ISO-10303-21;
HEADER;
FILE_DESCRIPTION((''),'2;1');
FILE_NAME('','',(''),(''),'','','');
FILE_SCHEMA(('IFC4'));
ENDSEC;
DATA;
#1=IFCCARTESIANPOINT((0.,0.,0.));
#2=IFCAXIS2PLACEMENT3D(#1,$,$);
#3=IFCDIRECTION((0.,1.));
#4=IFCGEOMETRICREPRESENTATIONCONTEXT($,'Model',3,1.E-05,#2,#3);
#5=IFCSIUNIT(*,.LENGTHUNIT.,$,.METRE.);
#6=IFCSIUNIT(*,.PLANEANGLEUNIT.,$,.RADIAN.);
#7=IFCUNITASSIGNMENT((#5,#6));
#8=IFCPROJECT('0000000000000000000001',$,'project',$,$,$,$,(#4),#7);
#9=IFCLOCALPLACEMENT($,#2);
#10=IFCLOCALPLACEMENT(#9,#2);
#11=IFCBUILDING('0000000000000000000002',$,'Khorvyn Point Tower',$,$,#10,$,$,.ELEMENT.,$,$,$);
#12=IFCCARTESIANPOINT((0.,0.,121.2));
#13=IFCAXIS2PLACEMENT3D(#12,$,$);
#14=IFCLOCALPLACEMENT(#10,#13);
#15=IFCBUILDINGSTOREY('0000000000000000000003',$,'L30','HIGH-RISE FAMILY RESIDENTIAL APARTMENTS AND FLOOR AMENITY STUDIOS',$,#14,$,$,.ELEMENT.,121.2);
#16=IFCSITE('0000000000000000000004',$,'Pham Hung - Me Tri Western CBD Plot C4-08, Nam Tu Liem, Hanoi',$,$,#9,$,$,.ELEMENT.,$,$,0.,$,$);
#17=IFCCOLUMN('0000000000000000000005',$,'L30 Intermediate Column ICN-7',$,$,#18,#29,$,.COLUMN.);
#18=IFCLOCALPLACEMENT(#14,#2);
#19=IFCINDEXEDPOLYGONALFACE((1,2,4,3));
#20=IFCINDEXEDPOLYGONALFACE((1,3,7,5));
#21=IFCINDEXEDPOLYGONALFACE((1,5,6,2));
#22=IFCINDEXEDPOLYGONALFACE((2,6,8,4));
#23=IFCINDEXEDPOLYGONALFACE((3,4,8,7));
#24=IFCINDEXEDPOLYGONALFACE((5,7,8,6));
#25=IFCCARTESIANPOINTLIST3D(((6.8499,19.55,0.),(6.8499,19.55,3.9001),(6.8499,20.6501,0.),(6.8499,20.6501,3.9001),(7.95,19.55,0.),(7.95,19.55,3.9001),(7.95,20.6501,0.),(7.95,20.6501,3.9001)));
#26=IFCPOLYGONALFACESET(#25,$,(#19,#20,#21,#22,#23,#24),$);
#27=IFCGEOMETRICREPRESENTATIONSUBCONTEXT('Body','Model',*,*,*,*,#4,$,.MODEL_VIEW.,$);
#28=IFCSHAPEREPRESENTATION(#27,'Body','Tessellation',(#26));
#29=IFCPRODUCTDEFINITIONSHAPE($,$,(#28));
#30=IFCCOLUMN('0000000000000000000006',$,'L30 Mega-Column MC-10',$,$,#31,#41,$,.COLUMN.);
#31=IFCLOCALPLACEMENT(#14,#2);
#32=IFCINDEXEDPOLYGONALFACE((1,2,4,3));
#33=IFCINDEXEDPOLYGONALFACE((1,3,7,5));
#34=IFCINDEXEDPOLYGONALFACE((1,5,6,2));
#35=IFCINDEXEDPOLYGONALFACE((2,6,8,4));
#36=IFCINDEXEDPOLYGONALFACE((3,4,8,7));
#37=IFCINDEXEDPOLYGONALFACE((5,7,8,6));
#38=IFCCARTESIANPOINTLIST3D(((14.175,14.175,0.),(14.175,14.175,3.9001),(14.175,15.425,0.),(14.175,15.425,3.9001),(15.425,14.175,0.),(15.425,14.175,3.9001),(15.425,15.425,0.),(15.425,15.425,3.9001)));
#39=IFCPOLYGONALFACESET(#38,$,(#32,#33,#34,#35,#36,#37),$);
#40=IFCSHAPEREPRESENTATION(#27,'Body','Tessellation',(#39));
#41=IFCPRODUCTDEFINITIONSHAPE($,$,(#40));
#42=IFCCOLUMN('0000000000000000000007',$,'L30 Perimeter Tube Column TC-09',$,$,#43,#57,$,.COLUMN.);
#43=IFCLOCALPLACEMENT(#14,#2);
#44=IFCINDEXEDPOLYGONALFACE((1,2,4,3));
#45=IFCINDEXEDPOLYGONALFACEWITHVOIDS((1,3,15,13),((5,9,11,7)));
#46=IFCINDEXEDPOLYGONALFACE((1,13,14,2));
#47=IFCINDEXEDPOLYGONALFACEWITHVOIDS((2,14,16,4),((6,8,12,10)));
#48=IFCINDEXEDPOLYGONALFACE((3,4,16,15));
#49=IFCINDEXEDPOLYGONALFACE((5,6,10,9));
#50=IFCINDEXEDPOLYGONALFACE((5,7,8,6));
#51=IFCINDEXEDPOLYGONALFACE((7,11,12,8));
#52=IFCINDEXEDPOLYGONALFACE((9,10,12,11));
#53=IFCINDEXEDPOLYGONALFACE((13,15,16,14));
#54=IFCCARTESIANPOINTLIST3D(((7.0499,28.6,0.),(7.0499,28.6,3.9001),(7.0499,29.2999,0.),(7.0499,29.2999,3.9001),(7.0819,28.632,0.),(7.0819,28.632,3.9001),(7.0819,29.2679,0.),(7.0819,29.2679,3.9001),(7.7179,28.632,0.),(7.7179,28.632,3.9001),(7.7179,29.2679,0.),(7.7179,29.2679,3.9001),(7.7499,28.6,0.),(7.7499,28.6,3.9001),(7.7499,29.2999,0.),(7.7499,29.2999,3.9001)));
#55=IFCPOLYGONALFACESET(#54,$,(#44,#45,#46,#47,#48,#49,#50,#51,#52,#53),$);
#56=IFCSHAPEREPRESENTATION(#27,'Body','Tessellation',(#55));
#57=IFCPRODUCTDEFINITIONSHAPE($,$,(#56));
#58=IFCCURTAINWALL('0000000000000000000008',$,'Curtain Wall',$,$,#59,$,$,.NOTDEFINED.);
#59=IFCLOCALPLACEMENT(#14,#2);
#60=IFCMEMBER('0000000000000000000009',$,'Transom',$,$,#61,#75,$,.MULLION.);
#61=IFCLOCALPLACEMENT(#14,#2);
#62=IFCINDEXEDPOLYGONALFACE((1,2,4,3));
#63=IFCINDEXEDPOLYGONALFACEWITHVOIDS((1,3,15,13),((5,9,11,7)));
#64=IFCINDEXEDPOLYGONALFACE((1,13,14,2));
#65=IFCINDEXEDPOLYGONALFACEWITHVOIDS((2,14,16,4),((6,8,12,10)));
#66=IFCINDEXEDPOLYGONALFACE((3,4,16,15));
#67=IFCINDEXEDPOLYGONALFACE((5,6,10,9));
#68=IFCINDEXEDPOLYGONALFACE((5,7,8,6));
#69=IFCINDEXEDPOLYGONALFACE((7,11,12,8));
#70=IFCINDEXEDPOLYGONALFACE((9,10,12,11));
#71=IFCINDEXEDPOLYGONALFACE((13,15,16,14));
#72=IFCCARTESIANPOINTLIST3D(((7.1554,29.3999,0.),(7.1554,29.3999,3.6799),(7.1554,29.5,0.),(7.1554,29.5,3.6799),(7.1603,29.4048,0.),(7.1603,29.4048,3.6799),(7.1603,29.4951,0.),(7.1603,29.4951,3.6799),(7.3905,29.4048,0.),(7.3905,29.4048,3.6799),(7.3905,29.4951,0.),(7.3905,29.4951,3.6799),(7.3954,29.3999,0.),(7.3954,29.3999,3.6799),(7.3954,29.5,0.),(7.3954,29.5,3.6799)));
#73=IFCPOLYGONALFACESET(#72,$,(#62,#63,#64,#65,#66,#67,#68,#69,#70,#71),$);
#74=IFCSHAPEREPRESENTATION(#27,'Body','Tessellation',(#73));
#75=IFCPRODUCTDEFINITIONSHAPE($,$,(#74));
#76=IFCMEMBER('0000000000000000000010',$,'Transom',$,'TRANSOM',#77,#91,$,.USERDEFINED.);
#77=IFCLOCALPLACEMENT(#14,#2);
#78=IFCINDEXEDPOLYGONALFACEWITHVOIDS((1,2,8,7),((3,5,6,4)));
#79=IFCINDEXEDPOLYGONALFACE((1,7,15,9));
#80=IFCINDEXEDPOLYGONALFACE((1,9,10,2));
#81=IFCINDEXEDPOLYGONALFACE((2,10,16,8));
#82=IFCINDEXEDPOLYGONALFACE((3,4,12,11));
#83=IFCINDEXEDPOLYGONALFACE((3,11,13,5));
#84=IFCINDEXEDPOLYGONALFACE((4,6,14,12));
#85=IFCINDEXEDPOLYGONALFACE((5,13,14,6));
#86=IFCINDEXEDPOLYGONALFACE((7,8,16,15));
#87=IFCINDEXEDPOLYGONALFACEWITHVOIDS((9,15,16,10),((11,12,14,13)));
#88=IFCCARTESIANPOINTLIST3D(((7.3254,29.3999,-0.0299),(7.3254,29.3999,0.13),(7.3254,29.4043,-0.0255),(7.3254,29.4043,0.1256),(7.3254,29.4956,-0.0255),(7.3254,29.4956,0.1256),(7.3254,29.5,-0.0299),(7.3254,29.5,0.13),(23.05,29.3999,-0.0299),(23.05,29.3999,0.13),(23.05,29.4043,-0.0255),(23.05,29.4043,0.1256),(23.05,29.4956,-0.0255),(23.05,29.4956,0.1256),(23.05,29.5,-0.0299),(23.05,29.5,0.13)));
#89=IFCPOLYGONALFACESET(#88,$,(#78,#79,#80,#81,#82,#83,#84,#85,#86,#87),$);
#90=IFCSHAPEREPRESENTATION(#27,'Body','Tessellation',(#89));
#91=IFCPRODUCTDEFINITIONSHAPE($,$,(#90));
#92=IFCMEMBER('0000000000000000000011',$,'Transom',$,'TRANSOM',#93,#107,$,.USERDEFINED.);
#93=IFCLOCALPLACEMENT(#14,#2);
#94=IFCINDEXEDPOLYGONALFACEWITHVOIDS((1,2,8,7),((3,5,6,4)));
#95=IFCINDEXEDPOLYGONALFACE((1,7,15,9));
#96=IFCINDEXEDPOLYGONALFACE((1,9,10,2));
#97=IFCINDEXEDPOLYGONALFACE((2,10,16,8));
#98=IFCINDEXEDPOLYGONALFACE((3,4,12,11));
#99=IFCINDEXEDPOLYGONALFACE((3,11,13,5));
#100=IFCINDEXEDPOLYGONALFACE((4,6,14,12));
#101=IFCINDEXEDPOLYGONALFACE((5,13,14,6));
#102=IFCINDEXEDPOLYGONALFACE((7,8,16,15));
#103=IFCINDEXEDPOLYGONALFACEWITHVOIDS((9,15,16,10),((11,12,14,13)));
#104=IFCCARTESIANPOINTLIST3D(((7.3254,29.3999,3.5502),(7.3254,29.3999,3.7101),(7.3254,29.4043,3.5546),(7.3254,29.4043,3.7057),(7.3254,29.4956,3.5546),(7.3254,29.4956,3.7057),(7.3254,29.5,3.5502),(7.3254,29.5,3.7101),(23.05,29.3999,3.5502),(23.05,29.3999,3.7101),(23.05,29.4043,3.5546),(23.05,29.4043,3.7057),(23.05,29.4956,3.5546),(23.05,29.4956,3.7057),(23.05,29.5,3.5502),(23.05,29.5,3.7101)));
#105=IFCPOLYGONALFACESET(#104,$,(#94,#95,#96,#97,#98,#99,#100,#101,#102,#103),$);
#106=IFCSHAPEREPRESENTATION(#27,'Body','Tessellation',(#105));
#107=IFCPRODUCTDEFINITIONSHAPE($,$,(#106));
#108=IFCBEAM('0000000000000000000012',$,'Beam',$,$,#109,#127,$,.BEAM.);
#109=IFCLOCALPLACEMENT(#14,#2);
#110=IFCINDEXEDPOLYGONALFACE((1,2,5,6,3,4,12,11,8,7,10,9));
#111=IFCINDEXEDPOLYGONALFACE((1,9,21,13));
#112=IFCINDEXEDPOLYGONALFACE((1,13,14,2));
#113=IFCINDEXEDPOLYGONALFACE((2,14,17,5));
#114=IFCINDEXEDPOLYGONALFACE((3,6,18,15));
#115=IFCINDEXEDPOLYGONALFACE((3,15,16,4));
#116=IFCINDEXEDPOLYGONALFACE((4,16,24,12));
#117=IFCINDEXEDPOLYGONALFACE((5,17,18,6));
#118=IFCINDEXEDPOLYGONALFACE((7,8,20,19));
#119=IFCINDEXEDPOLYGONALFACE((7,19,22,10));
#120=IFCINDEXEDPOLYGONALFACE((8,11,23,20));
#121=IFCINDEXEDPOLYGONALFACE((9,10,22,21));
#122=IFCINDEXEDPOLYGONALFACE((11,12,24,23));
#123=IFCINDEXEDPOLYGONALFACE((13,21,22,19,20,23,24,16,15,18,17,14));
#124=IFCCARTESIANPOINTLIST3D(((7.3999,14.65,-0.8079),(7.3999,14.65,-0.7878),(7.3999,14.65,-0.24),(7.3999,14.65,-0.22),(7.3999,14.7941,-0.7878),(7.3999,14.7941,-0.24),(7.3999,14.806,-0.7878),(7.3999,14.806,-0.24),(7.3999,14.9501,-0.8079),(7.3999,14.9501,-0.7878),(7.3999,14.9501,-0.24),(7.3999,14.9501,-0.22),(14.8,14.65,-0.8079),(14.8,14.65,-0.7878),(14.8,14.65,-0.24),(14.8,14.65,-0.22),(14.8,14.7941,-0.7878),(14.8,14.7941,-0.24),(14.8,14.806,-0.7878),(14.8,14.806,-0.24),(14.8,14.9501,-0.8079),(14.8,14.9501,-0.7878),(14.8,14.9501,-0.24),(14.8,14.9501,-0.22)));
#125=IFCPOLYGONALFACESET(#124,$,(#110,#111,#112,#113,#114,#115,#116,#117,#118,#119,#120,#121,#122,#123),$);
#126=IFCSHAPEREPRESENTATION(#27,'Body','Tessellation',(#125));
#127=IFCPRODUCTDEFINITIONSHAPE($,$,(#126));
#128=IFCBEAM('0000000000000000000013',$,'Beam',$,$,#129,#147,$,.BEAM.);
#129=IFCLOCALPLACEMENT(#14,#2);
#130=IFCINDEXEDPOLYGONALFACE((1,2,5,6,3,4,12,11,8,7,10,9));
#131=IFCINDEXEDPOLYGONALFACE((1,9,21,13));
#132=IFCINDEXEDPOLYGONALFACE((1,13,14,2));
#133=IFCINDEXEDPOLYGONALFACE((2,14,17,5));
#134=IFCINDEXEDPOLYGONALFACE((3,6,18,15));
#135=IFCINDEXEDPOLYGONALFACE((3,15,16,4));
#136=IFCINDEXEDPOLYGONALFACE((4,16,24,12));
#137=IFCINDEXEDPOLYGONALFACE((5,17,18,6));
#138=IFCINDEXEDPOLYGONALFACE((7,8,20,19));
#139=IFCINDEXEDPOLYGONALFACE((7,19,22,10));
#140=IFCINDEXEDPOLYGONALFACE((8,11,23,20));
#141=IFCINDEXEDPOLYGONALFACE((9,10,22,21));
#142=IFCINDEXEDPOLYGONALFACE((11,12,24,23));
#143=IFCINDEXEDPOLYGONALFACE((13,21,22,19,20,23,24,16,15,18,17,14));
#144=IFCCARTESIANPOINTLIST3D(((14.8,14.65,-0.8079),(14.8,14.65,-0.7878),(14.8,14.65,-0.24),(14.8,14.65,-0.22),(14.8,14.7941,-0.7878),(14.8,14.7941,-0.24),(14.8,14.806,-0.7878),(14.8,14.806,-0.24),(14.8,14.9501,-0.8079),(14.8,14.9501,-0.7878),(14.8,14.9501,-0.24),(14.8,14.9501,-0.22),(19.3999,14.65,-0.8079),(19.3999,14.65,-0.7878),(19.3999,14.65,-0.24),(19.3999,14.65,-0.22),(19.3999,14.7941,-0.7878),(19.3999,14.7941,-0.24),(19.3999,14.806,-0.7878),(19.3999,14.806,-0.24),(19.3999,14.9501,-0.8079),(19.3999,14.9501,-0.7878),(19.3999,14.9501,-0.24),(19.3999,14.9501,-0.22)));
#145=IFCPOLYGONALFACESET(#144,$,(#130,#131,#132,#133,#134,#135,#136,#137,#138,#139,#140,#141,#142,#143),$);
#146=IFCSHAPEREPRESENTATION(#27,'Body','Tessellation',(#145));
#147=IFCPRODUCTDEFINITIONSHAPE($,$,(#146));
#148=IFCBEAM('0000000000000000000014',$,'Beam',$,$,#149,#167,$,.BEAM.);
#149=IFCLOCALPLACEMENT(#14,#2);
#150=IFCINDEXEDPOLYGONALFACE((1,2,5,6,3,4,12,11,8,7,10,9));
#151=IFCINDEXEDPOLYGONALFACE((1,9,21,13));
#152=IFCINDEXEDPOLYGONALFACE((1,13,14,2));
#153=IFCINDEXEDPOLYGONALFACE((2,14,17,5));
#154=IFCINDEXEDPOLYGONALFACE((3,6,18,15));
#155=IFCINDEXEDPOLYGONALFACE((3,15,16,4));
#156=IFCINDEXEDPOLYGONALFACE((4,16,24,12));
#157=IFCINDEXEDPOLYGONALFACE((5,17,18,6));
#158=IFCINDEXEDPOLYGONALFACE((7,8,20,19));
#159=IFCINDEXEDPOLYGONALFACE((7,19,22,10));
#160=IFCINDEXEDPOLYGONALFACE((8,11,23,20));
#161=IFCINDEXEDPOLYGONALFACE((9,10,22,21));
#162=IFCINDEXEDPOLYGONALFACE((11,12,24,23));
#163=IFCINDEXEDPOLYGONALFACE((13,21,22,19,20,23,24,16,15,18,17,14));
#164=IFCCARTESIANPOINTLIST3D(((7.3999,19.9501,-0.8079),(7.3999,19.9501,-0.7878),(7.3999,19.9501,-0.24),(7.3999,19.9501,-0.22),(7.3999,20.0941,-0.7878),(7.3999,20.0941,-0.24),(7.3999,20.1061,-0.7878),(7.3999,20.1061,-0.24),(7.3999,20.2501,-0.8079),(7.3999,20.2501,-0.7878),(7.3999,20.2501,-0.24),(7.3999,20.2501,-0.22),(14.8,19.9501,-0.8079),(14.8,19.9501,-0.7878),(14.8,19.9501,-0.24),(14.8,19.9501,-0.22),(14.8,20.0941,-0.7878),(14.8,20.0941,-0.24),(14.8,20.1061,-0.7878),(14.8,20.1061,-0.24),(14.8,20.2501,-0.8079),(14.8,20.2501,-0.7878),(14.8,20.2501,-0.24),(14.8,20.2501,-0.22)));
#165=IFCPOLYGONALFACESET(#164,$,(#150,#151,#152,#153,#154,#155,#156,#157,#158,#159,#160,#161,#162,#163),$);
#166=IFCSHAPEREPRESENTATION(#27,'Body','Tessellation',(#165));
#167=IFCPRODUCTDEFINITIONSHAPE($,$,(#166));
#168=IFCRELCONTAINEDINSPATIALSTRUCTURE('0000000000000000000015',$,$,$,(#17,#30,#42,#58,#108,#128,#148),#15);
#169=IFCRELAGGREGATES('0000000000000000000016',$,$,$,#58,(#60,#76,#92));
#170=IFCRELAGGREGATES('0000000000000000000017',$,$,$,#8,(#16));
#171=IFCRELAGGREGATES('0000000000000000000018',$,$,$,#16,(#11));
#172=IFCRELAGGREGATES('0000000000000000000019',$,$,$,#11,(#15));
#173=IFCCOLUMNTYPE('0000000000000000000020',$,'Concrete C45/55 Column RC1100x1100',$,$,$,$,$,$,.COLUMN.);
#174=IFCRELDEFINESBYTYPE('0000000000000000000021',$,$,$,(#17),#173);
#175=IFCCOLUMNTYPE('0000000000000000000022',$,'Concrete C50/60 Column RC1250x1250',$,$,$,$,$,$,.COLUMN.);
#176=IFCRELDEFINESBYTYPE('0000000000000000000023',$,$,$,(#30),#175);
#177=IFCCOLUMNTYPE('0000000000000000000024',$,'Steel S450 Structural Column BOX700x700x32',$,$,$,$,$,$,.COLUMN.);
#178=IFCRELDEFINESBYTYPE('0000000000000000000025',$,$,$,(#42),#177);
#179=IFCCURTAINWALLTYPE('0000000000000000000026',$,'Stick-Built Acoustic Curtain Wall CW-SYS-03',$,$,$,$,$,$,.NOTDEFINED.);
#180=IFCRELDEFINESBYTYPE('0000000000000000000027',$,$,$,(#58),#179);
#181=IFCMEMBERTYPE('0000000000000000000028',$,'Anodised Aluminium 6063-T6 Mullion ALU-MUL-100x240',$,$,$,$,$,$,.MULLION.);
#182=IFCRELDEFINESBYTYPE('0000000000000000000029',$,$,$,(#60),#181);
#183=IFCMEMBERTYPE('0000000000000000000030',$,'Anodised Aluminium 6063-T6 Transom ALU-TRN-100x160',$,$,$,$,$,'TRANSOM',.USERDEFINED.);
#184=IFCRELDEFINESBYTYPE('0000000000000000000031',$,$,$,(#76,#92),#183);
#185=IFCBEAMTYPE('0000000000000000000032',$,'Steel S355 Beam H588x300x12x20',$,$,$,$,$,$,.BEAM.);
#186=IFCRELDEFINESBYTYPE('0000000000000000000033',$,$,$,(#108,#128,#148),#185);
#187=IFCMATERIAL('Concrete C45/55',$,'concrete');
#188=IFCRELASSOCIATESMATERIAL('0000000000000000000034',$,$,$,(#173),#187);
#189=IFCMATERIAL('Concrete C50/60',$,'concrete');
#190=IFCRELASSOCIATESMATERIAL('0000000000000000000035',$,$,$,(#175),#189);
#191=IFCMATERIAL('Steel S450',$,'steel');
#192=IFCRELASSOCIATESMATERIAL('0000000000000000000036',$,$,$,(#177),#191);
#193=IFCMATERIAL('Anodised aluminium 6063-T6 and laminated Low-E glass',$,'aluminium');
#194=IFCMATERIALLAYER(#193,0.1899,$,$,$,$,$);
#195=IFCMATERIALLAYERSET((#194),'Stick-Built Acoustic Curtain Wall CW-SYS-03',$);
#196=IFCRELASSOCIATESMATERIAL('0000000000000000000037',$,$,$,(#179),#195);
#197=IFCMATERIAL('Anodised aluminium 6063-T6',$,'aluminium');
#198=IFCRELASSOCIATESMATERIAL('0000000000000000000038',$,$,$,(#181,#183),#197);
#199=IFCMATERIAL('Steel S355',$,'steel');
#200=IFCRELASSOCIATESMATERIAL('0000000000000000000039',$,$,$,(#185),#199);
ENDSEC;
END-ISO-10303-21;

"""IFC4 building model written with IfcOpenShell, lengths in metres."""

from ifc_helpers import new_model, si_unit, direction, frame, origin, origin_2d, place, context, subcontext, project, spatial, rectangle, hollow_rectangle, i_section, extrude, material, layer, layer_set, material_profile, profile_set, type_object, element, aggregate, save


model = new_model("IFC4")

# Units and contexts
model_context = context("Model", 3, precision=1e-05, world=origin(), true_north=direction((0.0, 1.0)))
body_context = subcontext(model_context, "Body", "Model", "MODEL_VIEW")
ifc_project = project(units=[si_unit("LENGTHUNIT", "METRE"), si_unit("PLANEANGLEUNIT", "RADIAN")], contexts=[model_context])

# Site, building, storey
site_placement = place(None, origin())
site = spatial("IfcSite", under=ifc_project, at=site_placement, Name="Pham Hung - Me Tri Western CBD Plot C4-08, Nam Tu Liem, Hanoi", CompositionType="ELEMENT", RefElevation=0.0)
building_placement = place(site_placement, origin())
building = spatial("IfcBuilding", under=site, at=building_placement, Name="Khorvyn Point Tower", CompositionType="ELEMENT")
storey_placement = place(building_placement, frame((0.0, 0.0, 121.2)))
storey = spatial("IfcBuildingStorey", under=building, at=storey_placement, Name="L30", Description="HIGH-RISE FAMILY RESIDENTIAL APARTMENTS AND FLOOR AMENITY STUDIOS", CompositionType="ELEMENT", Elevation=121.2)

# Columns
ifc_material_1 = material(Name="Concrete C45/55", Category="concrete")
ifc_material_profile_1 = material_profile(ifc_material_1, rectangle(XDim=1.1001, YDim=1.1001, at=origin_2d()))
ifc_profile_set_1 = profile_set([ifc_material_profile_1], Name="Concrete C45/55 RC1100x1100")
column_type_1 = type_object("IfcColumnType", Name="Concrete C45/55 Column RC1100x1100", PredefinedType="COLUMN", material=ifc_profile_set_1)
column_1_placement = place(storey_placement, frame((7.3999, 20.1001, 0.0), z_axis=(0.0, 0.0, 1.0), x_axis=(1.0, 0.0, 0.0)))
element("IfcColumn", 1, at=column_1_placement, inside=storey, type_object=column_type_1, Name="L30 Intermediate Column ICN-7", PredefinedType="COLUMN", context=body_context, shape_type="SweptSolid", body=[
    extrude(rectangle(XDim=1.1001, YDim=1.1001, at=origin_2d()), origin(), (0.0, 0.0, 1.0), 3.9001),
])
ifc_material_2 = material(Name="Concrete C50/60", Category="concrete")
ifc_material_profile_2 = material_profile(ifc_material_2, rectangle(XDim=1.25, YDim=1.25, at=origin_2d()))
ifc_profile_set_2 = profile_set([ifc_material_profile_2], Name="Concrete C50/60 RC1250x1250")
column_type_2 = type_object("IfcColumnType", Name="Concrete C50/60 Column RC1250x1250", PredefinedType="COLUMN", material=ifc_profile_set_2)
column_2_placement = place(storey_placement, frame((14.8, 14.8, 0.0), z_axis=(0.0, 0.0, 1.0), x_axis=(1.0, 0.0, 0.0)))
element("IfcColumn", 2, at=column_2_placement, inside=storey, type_object=column_type_2, Name="L30 Mega-Column MC-10", PredefinedType="COLUMN", context=body_context, shape_type="SweptSolid", body=[
    extrude(rectangle(XDim=1.25, YDim=1.25, at=origin_2d()), origin(), (0.0, 0.0, 1.0), 3.9001),
])
ifc_material_3 = material(Name="Steel S450", Category="steel")
ifc_material_profile_3 = material_profile(ifc_material_3, hollow_rectangle(XDim=0.7, YDim=0.7, WallThickness=0.032, at=origin_2d()))
ifc_profile_set_3 = profile_set([ifc_material_profile_3], Name="Steel S450 BOX700x700x32")
column_type_3 = type_object("IfcColumnType", Name="Steel S450 Structural Column BOX700x700x32", PredefinedType="COLUMN", material=ifc_profile_set_3)
column_3_placement = place(storey_placement, frame((7.3999, 28.95, 0.0), z_axis=(0.0, 0.0, 1.0), x_axis=(1.0, 0.0, 0.0)))
element("IfcColumn", 3, at=column_3_placement, inside=storey, type_object=column_type_3, Name="L30 Perimeter Tube Column TC-09", PredefinedType="COLUMN", context=body_context, shape_type="SweptSolid", body=[
    extrude(hollow_rectangle(XDim=0.7, YDim=0.7, WallThickness=0.032, at=origin_2d()), origin(), (0.0, 0.0, 1.0), 3.9001),
])

# Curtain wall, members
ifc_material_4 = material(Name="Anodised aluminium 6063-T6 and laminated Low-E glass", Category="aluminium")
ifc_layer_1 = layer(ifc_material_4, 0.1899)
ifc_layer_set_1 = layer_set([ifc_layer_1], Name="Stick-Built Acoustic Curtain Wall CW-SYS-03")
curtain_wall_type = type_object("IfcCurtainWallType", Name="Stick-Built Acoustic Curtain Wall CW-SYS-03", PredefinedType="NOTDEFINED", material=ifc_layer_set_1)
curtain_wall_placement = place(storey_placement, origin())
curtain_wall = element("IfcCurtainWall", 4, at=curtain_wall_placement, inside=storey, type_object=curtain_wall_type, Name="Curtain Wall", PredefinedType="NOTDEFINED")
ifc_material_5 = material(Name="Anodised aluminium 6063-T6", Category="aluminium")
ifc_material_profile_4 = material_profile(ifc_material_5, hollow_rectangle(XDim=0.1001, YDim=0.24, WallThickness=0.0049, at=origin_2d()))
ifc_profile_set_4 = profile_set([ifc_material_profile_4], Name="Anodised aluminium 6063-T6 ALU-MUL-100x240")
member_type_1 = type_object("IfcMemberType", Name="Anodised Aluminium 6063-T6 Mullion ALU-MUL-100x240", PredefinedType="MULLION", material=ifc_profile_set_4)
member_1_placement = place(storey_placement, frame((7.2754, 29.45, 0.0), z_axis=(0.0, 0.0, 1.0), x_axis=(0.0, 1.0, 0.0)))
member_1 = element("IfcMember", 5, at=member_1_placement, type_object=member_type_1, Name="Transom", PredefinedType="MULLION", context=body_context, shape_type="SweptSolid", body=[
    extrude(hollow_rectangle(XDim=0.1001, YDim=0.24, WallThickness=0.0049, at=origin_2d()), origin(), (0.0, 0.0, 1.0), 3.6799),
])
ifc_material_profile_5 = material_profile(ifc_material_5, hollow_rectangle(XDim=0.1001, YDim=0.1599, WallThickness=0.0044, at=origin_2d()))
ifc_profile_set_5 = profile_set([ifc_material_profile_5], Name="Anodised aluminium 6063-T6 ALU-TRN-100x160")
member_type_2 = type_object("IfcMemberType", Name="Anodised Aluminium 6063-T6 Transom ALU-TRN-100x160", ElementType="TRANSOM", PredefinedType="USERDEFINED", material=ifc_profile_set_5)
member_2_placement = place(storey_placement, frame((7.3254, 29.45, 0.05), z_axis=(1.0, 0.0, 0.0), x_axis=(0.0, 1.0, 0.0)))
member_2 = element("IfcMember", 6, at=member_2_placement, type_object=member_type_2, Name="Transom", ObjectType="TRANSOM", PredefinedType="USERDEFINED", context=body_context, shape_type="SweptSolid", body=[
    extrude(hollow_rectangle(XDim=0.1001, YDim=0.1599, WallThickness=0.0044, at=origin_2d()), origin(), (0.0, 0.0, 1.0), 15.7246),
])
member_3_placement = place(storey_placement, frame((7.3254, 29.45, 3.6301), z_axis=(1.0, 0.0, 0.0), x_axis=(0.0, 1.0, 0.0)))
member_3 = element("IfcMember", 7, at=member_3_placement, type_object=member_type_2, Name="Transom", ObjectType="TRANSOM", PredefinedType="USERDEFINED", context=body_context, shape_type="SweptSolid", body=[
    extrude(hollow_rectangle(XDim=0.1001, YDim=0.1599, WallThickness=0.0044, at=origin_2d()), origin(), (0.0, 0.0, 1.0), 15.7246),
])

# Beams
ifc_material_6 = material(Name="Steel S355", Category="steel")
ifc_material_profile_6 = material_profile(ifc_material_6, i_section(OverallWidth=0.3, OverallDepth=0.5879, WebThickness=0.012, FlangeThickness=0.02, at=origin_2d()))
ifc_profile_set_6 = profile_set([ifc_material_profile_6], Name="Steel S355 H588x300x12x20")
beam_type_1 = type_object("IfcBeamType", Name="Steel S355 Beam H588x300x12x20", PredefinedType="BEAM", material=ifc_profile_set_6)
beam_1_placement = place(storey_placement, frame((7.3999, 14.8, -0.5139), z_axis=(1.0, 0.0, 0.0), x_axis=(0.0, 1.0, 0.0)))
element("IfcBeam", 8, at=beam_1_placement, inside=storey, type_object=beam_type_1, Name="Beam", PredefinedType="BEAM", context=body_context, shape_type="SweptSolid", body=[
    extrude(i_section(OverallWidth=0.3, OverallDepth=0.5879, WebThickness=0.012, FlangeThickness=0.02, at=origin_2d()), origin(), (0.0, 0.0, 1.0), 7.4001),
])
beam_2_placement = place(storey_placement, frame((14.8, 14.8, -0.5139), z_axis=(1.0, 0.0, 0.0), x_axis=(0.0, 1.0, 0.0)))
element("IfcBeam", 9, at=beam_2_placement, inside=storey, type_object=beam_type_1, Name="Beam", PredefinedType="BEAM", context=body_context, shape_type="SweptSolid", body=[
    extrude(i_section(OverallWidth=0.3, OverallDepth=0.5879, WebThickness=0.012, FlangeThickness=0.02, at=origin_2d()), origin(), (0.0, 0.0, 1.0), 4.5999),
])
beam_3_placement = place(storey_placement, frame((7.3999, 20.1001, -0.5139), z_axis=(1.0, 0.0, 0.0), x_axis=(0.0, 1.0, 0.0)))
element("IfcBeam", 10, at=beam_3_placement, inside=storey, type_object=beam_type_1, Name="Beam", PredefinedType="BEAM", context=body_context, shape_type="SweptSolid", body=[
    extrude(i_section(OverallWidth=0.3, OverallDepth=0.5879, WebThickness=0.012, FlangeThickness=0.02, at=origin_2d()), origin(), (0.0, 0.0, 1.0), 7.4001),
])

aggregate(curtain_wall, [member_1, member_2, member_3])

save(model, "model.ifc")
